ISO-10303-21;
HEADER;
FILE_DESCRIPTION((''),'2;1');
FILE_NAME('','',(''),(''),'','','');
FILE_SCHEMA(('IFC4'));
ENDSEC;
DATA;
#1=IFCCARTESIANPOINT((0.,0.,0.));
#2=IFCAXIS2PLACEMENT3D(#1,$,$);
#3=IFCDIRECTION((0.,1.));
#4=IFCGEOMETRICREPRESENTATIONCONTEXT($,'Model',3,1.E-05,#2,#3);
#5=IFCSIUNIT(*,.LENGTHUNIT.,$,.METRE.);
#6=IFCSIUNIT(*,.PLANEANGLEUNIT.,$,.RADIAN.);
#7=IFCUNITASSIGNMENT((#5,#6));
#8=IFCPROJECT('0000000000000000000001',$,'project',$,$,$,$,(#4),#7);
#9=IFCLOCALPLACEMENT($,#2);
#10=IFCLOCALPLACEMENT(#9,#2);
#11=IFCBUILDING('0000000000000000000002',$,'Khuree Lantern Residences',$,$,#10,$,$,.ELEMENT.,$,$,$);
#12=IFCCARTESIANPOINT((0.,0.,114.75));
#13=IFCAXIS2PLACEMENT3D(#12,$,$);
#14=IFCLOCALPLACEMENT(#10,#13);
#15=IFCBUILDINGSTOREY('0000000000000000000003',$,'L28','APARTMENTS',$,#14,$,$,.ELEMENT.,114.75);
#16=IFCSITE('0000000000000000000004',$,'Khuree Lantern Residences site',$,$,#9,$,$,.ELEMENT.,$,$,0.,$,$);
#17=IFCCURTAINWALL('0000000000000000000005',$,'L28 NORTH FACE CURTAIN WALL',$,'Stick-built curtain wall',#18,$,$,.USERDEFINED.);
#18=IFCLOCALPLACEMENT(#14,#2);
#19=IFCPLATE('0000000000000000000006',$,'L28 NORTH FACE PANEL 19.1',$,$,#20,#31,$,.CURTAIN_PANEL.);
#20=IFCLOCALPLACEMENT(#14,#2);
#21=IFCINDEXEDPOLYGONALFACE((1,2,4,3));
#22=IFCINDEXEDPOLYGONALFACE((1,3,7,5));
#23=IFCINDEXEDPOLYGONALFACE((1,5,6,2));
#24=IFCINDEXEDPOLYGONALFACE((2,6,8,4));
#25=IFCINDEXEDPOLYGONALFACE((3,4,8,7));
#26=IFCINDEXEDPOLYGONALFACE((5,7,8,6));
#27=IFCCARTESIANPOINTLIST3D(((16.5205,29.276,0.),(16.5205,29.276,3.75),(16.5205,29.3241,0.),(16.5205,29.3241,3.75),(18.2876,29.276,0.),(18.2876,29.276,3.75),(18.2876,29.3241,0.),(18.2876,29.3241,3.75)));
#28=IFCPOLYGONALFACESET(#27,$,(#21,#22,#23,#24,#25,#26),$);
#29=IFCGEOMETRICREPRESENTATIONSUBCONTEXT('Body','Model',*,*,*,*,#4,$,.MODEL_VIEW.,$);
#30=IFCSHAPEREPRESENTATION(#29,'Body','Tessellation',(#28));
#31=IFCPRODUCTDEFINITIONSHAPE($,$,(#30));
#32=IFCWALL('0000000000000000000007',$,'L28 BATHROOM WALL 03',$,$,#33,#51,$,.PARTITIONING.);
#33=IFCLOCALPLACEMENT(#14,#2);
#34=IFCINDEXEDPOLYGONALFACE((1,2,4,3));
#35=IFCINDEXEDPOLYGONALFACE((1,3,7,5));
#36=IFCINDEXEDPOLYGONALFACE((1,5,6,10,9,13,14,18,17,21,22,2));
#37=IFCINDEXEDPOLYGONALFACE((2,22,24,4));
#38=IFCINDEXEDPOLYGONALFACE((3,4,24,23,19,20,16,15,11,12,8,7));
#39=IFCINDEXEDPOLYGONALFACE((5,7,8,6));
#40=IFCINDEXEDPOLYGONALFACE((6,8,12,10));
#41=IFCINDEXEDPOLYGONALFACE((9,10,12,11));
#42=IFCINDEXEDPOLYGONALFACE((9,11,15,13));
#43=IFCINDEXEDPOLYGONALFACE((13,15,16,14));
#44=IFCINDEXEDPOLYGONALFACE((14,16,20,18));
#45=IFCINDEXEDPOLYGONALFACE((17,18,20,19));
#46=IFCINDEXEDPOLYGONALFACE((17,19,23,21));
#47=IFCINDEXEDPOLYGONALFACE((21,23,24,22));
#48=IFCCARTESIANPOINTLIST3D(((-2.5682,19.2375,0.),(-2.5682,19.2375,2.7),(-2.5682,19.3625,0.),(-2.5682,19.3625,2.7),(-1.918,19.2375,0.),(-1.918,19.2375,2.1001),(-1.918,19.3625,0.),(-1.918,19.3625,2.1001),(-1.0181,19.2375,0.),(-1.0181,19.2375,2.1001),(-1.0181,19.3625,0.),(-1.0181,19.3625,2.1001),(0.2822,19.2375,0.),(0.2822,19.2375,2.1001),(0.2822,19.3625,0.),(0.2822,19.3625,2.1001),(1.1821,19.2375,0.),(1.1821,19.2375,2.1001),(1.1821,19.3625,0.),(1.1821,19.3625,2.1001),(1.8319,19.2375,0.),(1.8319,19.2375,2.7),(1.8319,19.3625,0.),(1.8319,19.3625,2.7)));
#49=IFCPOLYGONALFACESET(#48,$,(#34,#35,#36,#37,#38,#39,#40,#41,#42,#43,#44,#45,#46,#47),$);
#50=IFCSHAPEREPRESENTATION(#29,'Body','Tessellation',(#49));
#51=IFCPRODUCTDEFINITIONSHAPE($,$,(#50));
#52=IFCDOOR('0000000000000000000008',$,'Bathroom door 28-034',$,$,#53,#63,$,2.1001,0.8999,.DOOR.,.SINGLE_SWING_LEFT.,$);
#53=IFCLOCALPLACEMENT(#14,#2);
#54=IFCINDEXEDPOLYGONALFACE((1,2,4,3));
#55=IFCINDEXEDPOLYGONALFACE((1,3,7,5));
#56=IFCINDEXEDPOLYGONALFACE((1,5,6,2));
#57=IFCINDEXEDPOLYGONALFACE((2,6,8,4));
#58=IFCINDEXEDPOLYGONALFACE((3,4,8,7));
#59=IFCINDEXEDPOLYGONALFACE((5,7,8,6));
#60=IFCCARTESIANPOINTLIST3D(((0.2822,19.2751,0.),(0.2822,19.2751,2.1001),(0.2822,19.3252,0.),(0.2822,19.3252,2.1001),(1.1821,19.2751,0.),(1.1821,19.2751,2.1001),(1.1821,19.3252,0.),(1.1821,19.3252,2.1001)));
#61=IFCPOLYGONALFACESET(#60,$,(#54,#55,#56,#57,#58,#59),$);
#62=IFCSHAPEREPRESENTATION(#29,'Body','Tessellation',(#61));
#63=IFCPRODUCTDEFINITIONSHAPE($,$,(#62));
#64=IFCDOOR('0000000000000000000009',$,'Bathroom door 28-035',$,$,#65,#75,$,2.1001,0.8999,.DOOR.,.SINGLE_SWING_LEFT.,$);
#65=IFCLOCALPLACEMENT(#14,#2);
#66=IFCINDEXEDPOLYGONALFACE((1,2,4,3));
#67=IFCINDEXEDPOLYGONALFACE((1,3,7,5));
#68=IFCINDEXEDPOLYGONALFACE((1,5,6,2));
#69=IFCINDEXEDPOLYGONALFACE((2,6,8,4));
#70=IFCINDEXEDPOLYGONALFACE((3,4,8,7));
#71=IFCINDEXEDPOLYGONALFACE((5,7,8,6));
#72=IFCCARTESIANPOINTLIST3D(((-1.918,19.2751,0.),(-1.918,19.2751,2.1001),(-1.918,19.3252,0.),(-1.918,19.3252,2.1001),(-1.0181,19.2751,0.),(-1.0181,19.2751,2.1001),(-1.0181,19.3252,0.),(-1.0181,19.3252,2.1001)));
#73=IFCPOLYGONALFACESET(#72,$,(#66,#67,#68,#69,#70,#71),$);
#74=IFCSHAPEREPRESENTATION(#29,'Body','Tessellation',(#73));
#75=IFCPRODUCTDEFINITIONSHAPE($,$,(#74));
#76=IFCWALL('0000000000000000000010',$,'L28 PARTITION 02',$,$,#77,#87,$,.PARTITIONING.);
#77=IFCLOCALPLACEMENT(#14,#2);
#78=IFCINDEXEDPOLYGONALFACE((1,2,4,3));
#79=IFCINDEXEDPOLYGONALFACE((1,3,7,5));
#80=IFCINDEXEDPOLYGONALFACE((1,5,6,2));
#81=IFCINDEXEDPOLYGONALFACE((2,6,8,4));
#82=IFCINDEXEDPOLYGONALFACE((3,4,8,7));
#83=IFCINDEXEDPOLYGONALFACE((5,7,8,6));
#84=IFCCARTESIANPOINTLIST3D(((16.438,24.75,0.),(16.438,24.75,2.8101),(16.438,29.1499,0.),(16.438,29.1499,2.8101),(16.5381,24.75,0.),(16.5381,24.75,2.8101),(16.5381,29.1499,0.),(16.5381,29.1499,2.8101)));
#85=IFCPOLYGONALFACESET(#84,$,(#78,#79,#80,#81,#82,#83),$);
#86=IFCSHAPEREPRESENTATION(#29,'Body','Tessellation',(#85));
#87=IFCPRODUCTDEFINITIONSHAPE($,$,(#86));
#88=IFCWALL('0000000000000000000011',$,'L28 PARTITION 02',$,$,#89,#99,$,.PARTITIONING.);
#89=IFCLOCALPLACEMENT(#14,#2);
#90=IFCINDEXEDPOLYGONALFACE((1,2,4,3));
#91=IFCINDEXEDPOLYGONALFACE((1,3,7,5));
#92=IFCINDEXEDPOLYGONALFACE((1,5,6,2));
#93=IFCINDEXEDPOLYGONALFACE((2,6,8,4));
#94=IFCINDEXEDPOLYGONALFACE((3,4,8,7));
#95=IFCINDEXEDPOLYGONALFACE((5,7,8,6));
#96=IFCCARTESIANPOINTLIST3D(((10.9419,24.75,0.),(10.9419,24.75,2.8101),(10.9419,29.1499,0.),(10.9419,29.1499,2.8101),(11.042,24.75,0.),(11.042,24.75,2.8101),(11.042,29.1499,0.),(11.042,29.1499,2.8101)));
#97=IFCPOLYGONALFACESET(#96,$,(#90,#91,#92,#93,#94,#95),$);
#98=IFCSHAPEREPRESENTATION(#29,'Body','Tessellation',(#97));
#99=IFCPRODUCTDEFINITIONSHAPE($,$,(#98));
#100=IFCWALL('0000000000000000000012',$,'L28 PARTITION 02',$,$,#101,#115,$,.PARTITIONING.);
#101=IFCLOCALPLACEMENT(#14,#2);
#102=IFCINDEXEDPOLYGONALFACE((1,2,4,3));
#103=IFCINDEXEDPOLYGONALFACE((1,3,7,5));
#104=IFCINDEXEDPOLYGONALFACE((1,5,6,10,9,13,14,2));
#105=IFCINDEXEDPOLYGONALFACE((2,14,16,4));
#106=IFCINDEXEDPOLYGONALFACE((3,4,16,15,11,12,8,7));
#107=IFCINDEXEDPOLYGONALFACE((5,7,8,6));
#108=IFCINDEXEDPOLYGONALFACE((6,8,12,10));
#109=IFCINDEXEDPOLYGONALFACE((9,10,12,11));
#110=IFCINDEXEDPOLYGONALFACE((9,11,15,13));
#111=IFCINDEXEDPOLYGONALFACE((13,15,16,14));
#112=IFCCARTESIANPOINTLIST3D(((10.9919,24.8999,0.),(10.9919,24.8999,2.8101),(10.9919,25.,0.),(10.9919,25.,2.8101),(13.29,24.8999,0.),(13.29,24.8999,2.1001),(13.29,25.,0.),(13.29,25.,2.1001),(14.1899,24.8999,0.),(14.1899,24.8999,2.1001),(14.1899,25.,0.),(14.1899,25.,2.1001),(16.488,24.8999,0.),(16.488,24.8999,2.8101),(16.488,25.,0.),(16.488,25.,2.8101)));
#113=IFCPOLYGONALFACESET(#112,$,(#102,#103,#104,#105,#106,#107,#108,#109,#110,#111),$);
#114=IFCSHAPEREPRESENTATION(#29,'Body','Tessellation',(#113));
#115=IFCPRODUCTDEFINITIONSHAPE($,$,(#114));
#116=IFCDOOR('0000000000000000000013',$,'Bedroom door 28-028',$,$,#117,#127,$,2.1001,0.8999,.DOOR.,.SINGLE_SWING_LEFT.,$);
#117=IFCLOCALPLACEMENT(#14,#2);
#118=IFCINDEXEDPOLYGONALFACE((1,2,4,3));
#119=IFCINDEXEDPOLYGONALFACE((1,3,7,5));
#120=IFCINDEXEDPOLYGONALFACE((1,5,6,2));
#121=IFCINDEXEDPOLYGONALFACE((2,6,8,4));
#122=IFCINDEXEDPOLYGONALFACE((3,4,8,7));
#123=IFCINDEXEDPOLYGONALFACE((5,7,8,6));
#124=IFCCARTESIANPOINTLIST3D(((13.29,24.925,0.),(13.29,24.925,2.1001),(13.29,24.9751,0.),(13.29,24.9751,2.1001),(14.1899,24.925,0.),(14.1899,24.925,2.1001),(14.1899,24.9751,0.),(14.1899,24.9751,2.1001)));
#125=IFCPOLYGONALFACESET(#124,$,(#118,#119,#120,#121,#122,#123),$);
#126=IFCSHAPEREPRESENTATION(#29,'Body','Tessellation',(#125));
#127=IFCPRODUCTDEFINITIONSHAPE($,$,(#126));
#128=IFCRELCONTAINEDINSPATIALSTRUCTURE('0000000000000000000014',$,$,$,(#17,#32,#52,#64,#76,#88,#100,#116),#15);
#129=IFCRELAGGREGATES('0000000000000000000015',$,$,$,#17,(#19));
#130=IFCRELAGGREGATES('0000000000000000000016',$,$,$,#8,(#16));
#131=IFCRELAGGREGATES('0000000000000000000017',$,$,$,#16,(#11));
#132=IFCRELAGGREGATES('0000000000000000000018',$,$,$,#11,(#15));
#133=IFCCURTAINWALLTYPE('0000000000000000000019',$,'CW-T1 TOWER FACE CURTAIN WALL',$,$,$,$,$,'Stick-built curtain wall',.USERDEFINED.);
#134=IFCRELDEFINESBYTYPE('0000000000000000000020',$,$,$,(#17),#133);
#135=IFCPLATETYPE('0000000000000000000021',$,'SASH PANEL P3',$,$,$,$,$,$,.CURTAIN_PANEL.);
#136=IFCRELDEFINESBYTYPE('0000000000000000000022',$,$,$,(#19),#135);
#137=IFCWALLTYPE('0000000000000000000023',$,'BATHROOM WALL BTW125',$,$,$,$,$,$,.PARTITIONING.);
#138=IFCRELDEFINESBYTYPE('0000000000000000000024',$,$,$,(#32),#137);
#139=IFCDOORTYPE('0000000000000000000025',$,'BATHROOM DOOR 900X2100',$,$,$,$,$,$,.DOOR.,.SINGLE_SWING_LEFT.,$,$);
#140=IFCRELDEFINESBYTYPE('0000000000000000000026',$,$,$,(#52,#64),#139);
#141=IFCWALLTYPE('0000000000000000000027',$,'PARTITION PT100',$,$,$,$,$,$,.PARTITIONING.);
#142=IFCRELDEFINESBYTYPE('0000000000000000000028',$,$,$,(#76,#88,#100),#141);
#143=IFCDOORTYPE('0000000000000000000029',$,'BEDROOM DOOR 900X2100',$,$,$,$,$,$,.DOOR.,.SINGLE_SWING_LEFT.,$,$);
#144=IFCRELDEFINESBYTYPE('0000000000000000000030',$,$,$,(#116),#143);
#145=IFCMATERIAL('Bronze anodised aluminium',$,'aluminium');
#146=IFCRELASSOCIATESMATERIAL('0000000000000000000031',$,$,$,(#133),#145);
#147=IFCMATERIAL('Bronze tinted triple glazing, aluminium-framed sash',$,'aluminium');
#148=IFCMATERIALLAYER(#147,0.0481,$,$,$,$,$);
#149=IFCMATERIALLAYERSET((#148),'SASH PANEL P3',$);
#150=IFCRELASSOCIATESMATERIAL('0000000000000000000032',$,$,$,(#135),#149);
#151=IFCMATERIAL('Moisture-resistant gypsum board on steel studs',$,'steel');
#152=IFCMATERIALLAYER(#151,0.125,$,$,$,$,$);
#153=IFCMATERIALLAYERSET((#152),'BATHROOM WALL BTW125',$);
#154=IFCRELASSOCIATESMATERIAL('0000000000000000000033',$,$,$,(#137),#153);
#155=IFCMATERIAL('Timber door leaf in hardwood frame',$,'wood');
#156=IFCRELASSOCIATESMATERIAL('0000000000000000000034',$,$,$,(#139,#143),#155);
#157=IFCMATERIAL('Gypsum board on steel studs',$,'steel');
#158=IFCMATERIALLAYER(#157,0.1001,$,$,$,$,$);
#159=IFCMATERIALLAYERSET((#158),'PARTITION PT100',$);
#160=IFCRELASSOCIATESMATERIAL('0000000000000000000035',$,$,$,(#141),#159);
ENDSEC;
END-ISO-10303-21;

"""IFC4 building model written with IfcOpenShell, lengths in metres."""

from ifc_helpers import new_model, si_unit, direction, frame, frame_2d, origin, origin_2d, place, context, subcontext, project, spatial, rectangle, extrude, material, layer, layer_set, type_object, element, fill, aggregate, save


model = new_model("IFC4")

# Units and contexts
model_context = context("Model", 3, precision=1e-05, world=origin(), true_north=direction((0.0, 1.0)))
body_context = subcontext(model_context, "Body", "Model", "MODEL_VIEW")
ifc_project = project(units=[si_unit("LENGTHUNIT", "METRE"), si_unit("PLANEANGLEUNIT", "RADIAN")], contexts=[model_context])

# Site, building, storey
site_placement = place(None, origin())
site = spatial("IfcSite", under=ifc_project, at=site_placement, Name="Khuree Lantern Residences site", CompositionType="ELEMENT", RefElevation=0.0)
building_placement = place(site_placement, origin())
building = spatial("IfcBuilding", under=site, at=building_placement, Name="Khuree Lantern Residences", CompositionType="ELEMENT")
storey_placement = place(building_placement, frame((0.0, 0.0, 114.75)))
storey = spatial("IfcBuildingStorey", under=building, at=storey_placement, Name="L28", Description="APARTMENTS", CompositionType="ELEMENT", Elevation=114.75)

# Curtain wall
ifc_material_1 = material(Name="Bronze anodised aluminium", Category="aluminium")
curtain_wall_type = type_object("IfcCurtainWallType", Name="CW-T1 TOWER FACE CURTAIN WALL", ElementType="Stick-built curtain wall", PredefinedType="USERDEFINED", material=ifc_material_1)
curtain_wall_placement = place(storey_placement, origin())
curtain_wall = element("IfcCurtainWall", 1, at=curtain_wall_placement, inside=storey, type_object=curtain_wall_type, Name="L28 NORTH FACE CURTAIN WALL", ObjectType="Stick-built curtain wall", PredefinedType="USERDEFINED")

# Plate
ifc_material_2 = material(Name="Bronze tinted triple glazing, aluminium-framed sash", Category="aluminium")
ifc_layer_1 = layer(ifc_material_2, 0.0481)
ifc_layer_set_1 = layer_set([ifc_layer_1], Name="SASH PANEL P3")
plate_type_1 = type_object("IfcPlateType", Name="SASH PANEL P3", PredefinedType="CURTAIN_PANEL", material=ifc_layer_set_1)
plate_1_placement = place(storey_placement, frame((17.4041, 29.3, 0.0), z_axis=(0.0, 0.0, 1.0), x_axis=(-1.0, 0.0, 0.0)))
plate_1 = element("IfcPlate", 2, at=plate_1_placement, type_object=plate_type_1, Name="L28 NORTH FACE PANEL 19.1", PredefinedType="CURTAIN_PANEL", context=body_context, shape_type="SweptSolid", body=[
    extrude(rectangle(XDim=1.7671, YDim=0.0481, at=origin_2d()), origin(), (0.0, 0.0, 1.0), 3.75),
])
aggregate(curtain_wall, [plate_1])

# Wall, openings, doors
ifc_material_3 = material(Name="Moisture-resistant gypsum board on steel studs", Category="steel")
ifc_layer_2 = layer(ifc_material_3, 0.125)
ifc_layer_set_2 = layer_set([ifc_layer_2], Name="BATHROOM WALL BTW125")
wall_type_1 = type_object("IfcWallType", Name="BATHROOM WALL BTW125", PredefinedType="PARTITIONING", material=ifc_layer_set_2)
wall_1_placement = place(storey_placement, frame((1.832, 19.3, 0.0), z_axis=(0.0, 0.0, 1.0), x_axis=(-1.0, 0.0, 0.0)))
wall_1 = element("IfcWall", 3, at=wall_1_placement, inside=storey, type_object=wall_type_1, Name="L28 BATHROOM WALL 03", PredefinedType="PARTITIONING", context=body_context, shape_type="SweptSolid", body=[
    extrude(rectangle(XDim=4.4001, YDim=0.125, at=frame_2d((2.2002, 0.0))), origin(), (0.0, 0.0, 1.0), 2.7),
])
opening_1_placement = place(wall_1_placement, frame((0.6499, 0.0, 0.0)))
opening_1 = element("IfcOpeningElement", 4, at=opening_1_placement, cuts=wall_1, PredefinedType="OPENING", context=body_context, shape_type="SweptSolid", body=[
    extrude(rectangle(XDim=0.8999, YDim=2.1001, at=frame_2d((0.45, 1.05))), frame((0.0, 0.0725, 0.0), z_axis=(0.0, -1.0, 0.0), x_axis=(1.0, 0.0, 0.0)), (0.0, 0.0, 1.0), 0.145),
])
opening_2_placement = place(wall_1_placement, frame((2.8501, 0.0, 0.0)))
opening_2 = element("IfcOpeningElement", 5, at=opening_2_placement, cuts=wall_1, PredefinedType="OPENING", context=body_context, shape_type="SweptSolid", body=[
    extrude(rectangle(XDim=0.8999, YDim=2.1001, at=frame_2d((0.45, 1.05))), frame((0.0, 0.0725, 0.0), z_axis=(0.0, -1.0, 0.0), x_axis=(1.0, 0.0, 0.0)), (0.0, 0.0, 1.0), 0.145),
])
ifc_material_4 = material(Name="Timber door leaf in hardwood frame", Category="wood")
door_type_1 = type_object("IfcDoorType", Name="BATHROOM DOOR 900X2100", OperationType="SINGLE_SWING_LEFT", PredefinedType="DOOR", material=ifc_material_4)
door_1_placement = place(opening_1_placement, origin())
door_1 = element("IfcDoor", 6, at=door_1_placement, inside=storey, type_object=door_type_1, Name="Bathroom door 28-034", OperationType="SINGLE_SWING_LEFT", OverallHeight=2.1001, OverallWidth=0.8999, PredefinedType="DOOR", context=body_context, shape_type="SweptSolid", body=[
    extrude(rectangle(XDim=0.8999, YDim=2.1001, at=frame_2d((0.45, 1.05))), frame((0.0, 0.0249, 0.0), z_axis=(0.0, -1.0, 0.0), x_axis=(1.0, 0.0, 0.0)), (0.0, 0.0, 1.0), 0.05),
])
fill(opening_1, door_1)
door_2_placement = place(opening_2_placement, origin())
door_2 = element("IfcDoor", 7, at=door_2_placement, inside=storey, type_object=door_type_1, Name="Bathroom door 28-035", OperationType="SINGLE_SWING_LEFT", OverallHeight=2.1001, OverallWidth=0.8999, PredefinedType="DOOR", context=body_context, shape_type="SweptSolid", body=[
    extrude(rectangle(XDim=0.8999, YDim=2.1001, at=frame_2d((0.45, 1.05))), frame((0.0, 0.0249, 0.0), z_axis=(0.0, -1.0, 0.0), x_axis=(1.0, 0.0, 0.0)), (0.0, 0.0, 1.0), 0.05),
])
fill(opening_2, door_2)

# Walls
ifc_material_5 = material(Name="Gypsum board on steel studs", Category="steel")
ifc_layer_3 = layer(ifc_material_5, 0.1001)
ifc_layer_set_3 = layer_set([ifc_layer_3], Name="PARTITION PT100")
wall_type_2 = type_object("IfcWallType", Name="PARTITION PT100", PredefinedType="PARTITIONING", material=ifc_layer_set_3)
for number, where, z_axis, x_axis, name in (
    (8, (16.488, 24.75, 0.0), (0.0, 0.0, 1.0), (0.0, 1.0, 0.0), "L28 PARTITION 02"),
    (9, (10.9919, 24.75, 0.0), (0.0, 0.0, 1.0), (0.0, 1.0, 0.0), "L28 PARTITION 02"),
):
    element("IfcWall", number, at=place(storey_placement, frame(where, z_axis=z_axis, x_axis=x_axis)), inside=storey, type_object=wall_type_2, Name=name, PredefinedType="PARTITIONING", context=body_context, shape_type="SweptSolid", body=[
        extrude(rectangle(XDim=4.3999, YDim=0.1001, at=frame_2d((2.2, 0.0))), origin(), (0.0, 0.0, 1.0), 2.8101),
    ])

# Wall, opening, door
wall_2_placement = place(storey_placement, frame((16.488, 24.95, 0.0), z_axis=(0.0, 0.0, 1.0), x_axis=(-1.0, 0.0, 0.0)))
wall_2 = element("IfcWall", 10, at=wall_2_placement, inside=storey, type_object=wall_type_2, Name="L28 PARTITION 02", PredefinedType="PARTITIONING", context=body_context, shape_type="SweptSolid", body=[
    extrude(rectangle(XDim=5.4961, YDim=0.1001, at=frame_2d((2.748, 0.0))), origin(), (0.0, 0.0, 1.0), 2.8101),
])
opening_3_placement = place(wall_2_placement, frame((2.2981, 0.0, 0.0)))
opening_3 = element("IfcOpeningElement", 11, at=opening_3_placement, cuts=wall_2, PredefinedType="OPENING", context=body_context, shape_type="SweptSolid", body=[
    extrude(rectangle(XDim=0.8999, YDim=2.1001, at=frame_2d((0.45, 1.05))), frame((0.0, 0.0601, 0.0), z_axis=(0.0, -1.0, 0.0), x_axis=(1.0, 0.0, 0.0)), (0.0, 0.0, 1.0), 0.1201),
])
door_type_2 = type_object("IfcDoorType", Name="BEDROOM DOOR 900X2100", OperationType="SINGLE_SWING_LEFT", PredefinedType="DOOR", material=ifc_material_4)
door_3_placement = place(opening_3_placement, origin())
door_3 = element("IfcDoor", 12, at=door_3_placement, inside=storey, type_object=door_type_2, Name="Bedroom door 28-028", OperationType="SINGLE_SWING_LEFT", OverallHeight=2.1001, OverallWidth=0.8999, PredefinedType="DOOR", context=body_context, shape_type="SweptSolid", body=[
    extrude(rectangle(XDim=0.8999, YDim=2.1001, at=frame_2d((0.45, 1.05))), frame((0.0, 0.0249, 0.0), z_axis=(0.0, -1.0, 0.0), x_axis=(1.0, 0.0, 0.0)), (0.0, 0.0, 1.0), 0.05),
])
fill(opening_3, door_3)

save(model, "model.ifc")
